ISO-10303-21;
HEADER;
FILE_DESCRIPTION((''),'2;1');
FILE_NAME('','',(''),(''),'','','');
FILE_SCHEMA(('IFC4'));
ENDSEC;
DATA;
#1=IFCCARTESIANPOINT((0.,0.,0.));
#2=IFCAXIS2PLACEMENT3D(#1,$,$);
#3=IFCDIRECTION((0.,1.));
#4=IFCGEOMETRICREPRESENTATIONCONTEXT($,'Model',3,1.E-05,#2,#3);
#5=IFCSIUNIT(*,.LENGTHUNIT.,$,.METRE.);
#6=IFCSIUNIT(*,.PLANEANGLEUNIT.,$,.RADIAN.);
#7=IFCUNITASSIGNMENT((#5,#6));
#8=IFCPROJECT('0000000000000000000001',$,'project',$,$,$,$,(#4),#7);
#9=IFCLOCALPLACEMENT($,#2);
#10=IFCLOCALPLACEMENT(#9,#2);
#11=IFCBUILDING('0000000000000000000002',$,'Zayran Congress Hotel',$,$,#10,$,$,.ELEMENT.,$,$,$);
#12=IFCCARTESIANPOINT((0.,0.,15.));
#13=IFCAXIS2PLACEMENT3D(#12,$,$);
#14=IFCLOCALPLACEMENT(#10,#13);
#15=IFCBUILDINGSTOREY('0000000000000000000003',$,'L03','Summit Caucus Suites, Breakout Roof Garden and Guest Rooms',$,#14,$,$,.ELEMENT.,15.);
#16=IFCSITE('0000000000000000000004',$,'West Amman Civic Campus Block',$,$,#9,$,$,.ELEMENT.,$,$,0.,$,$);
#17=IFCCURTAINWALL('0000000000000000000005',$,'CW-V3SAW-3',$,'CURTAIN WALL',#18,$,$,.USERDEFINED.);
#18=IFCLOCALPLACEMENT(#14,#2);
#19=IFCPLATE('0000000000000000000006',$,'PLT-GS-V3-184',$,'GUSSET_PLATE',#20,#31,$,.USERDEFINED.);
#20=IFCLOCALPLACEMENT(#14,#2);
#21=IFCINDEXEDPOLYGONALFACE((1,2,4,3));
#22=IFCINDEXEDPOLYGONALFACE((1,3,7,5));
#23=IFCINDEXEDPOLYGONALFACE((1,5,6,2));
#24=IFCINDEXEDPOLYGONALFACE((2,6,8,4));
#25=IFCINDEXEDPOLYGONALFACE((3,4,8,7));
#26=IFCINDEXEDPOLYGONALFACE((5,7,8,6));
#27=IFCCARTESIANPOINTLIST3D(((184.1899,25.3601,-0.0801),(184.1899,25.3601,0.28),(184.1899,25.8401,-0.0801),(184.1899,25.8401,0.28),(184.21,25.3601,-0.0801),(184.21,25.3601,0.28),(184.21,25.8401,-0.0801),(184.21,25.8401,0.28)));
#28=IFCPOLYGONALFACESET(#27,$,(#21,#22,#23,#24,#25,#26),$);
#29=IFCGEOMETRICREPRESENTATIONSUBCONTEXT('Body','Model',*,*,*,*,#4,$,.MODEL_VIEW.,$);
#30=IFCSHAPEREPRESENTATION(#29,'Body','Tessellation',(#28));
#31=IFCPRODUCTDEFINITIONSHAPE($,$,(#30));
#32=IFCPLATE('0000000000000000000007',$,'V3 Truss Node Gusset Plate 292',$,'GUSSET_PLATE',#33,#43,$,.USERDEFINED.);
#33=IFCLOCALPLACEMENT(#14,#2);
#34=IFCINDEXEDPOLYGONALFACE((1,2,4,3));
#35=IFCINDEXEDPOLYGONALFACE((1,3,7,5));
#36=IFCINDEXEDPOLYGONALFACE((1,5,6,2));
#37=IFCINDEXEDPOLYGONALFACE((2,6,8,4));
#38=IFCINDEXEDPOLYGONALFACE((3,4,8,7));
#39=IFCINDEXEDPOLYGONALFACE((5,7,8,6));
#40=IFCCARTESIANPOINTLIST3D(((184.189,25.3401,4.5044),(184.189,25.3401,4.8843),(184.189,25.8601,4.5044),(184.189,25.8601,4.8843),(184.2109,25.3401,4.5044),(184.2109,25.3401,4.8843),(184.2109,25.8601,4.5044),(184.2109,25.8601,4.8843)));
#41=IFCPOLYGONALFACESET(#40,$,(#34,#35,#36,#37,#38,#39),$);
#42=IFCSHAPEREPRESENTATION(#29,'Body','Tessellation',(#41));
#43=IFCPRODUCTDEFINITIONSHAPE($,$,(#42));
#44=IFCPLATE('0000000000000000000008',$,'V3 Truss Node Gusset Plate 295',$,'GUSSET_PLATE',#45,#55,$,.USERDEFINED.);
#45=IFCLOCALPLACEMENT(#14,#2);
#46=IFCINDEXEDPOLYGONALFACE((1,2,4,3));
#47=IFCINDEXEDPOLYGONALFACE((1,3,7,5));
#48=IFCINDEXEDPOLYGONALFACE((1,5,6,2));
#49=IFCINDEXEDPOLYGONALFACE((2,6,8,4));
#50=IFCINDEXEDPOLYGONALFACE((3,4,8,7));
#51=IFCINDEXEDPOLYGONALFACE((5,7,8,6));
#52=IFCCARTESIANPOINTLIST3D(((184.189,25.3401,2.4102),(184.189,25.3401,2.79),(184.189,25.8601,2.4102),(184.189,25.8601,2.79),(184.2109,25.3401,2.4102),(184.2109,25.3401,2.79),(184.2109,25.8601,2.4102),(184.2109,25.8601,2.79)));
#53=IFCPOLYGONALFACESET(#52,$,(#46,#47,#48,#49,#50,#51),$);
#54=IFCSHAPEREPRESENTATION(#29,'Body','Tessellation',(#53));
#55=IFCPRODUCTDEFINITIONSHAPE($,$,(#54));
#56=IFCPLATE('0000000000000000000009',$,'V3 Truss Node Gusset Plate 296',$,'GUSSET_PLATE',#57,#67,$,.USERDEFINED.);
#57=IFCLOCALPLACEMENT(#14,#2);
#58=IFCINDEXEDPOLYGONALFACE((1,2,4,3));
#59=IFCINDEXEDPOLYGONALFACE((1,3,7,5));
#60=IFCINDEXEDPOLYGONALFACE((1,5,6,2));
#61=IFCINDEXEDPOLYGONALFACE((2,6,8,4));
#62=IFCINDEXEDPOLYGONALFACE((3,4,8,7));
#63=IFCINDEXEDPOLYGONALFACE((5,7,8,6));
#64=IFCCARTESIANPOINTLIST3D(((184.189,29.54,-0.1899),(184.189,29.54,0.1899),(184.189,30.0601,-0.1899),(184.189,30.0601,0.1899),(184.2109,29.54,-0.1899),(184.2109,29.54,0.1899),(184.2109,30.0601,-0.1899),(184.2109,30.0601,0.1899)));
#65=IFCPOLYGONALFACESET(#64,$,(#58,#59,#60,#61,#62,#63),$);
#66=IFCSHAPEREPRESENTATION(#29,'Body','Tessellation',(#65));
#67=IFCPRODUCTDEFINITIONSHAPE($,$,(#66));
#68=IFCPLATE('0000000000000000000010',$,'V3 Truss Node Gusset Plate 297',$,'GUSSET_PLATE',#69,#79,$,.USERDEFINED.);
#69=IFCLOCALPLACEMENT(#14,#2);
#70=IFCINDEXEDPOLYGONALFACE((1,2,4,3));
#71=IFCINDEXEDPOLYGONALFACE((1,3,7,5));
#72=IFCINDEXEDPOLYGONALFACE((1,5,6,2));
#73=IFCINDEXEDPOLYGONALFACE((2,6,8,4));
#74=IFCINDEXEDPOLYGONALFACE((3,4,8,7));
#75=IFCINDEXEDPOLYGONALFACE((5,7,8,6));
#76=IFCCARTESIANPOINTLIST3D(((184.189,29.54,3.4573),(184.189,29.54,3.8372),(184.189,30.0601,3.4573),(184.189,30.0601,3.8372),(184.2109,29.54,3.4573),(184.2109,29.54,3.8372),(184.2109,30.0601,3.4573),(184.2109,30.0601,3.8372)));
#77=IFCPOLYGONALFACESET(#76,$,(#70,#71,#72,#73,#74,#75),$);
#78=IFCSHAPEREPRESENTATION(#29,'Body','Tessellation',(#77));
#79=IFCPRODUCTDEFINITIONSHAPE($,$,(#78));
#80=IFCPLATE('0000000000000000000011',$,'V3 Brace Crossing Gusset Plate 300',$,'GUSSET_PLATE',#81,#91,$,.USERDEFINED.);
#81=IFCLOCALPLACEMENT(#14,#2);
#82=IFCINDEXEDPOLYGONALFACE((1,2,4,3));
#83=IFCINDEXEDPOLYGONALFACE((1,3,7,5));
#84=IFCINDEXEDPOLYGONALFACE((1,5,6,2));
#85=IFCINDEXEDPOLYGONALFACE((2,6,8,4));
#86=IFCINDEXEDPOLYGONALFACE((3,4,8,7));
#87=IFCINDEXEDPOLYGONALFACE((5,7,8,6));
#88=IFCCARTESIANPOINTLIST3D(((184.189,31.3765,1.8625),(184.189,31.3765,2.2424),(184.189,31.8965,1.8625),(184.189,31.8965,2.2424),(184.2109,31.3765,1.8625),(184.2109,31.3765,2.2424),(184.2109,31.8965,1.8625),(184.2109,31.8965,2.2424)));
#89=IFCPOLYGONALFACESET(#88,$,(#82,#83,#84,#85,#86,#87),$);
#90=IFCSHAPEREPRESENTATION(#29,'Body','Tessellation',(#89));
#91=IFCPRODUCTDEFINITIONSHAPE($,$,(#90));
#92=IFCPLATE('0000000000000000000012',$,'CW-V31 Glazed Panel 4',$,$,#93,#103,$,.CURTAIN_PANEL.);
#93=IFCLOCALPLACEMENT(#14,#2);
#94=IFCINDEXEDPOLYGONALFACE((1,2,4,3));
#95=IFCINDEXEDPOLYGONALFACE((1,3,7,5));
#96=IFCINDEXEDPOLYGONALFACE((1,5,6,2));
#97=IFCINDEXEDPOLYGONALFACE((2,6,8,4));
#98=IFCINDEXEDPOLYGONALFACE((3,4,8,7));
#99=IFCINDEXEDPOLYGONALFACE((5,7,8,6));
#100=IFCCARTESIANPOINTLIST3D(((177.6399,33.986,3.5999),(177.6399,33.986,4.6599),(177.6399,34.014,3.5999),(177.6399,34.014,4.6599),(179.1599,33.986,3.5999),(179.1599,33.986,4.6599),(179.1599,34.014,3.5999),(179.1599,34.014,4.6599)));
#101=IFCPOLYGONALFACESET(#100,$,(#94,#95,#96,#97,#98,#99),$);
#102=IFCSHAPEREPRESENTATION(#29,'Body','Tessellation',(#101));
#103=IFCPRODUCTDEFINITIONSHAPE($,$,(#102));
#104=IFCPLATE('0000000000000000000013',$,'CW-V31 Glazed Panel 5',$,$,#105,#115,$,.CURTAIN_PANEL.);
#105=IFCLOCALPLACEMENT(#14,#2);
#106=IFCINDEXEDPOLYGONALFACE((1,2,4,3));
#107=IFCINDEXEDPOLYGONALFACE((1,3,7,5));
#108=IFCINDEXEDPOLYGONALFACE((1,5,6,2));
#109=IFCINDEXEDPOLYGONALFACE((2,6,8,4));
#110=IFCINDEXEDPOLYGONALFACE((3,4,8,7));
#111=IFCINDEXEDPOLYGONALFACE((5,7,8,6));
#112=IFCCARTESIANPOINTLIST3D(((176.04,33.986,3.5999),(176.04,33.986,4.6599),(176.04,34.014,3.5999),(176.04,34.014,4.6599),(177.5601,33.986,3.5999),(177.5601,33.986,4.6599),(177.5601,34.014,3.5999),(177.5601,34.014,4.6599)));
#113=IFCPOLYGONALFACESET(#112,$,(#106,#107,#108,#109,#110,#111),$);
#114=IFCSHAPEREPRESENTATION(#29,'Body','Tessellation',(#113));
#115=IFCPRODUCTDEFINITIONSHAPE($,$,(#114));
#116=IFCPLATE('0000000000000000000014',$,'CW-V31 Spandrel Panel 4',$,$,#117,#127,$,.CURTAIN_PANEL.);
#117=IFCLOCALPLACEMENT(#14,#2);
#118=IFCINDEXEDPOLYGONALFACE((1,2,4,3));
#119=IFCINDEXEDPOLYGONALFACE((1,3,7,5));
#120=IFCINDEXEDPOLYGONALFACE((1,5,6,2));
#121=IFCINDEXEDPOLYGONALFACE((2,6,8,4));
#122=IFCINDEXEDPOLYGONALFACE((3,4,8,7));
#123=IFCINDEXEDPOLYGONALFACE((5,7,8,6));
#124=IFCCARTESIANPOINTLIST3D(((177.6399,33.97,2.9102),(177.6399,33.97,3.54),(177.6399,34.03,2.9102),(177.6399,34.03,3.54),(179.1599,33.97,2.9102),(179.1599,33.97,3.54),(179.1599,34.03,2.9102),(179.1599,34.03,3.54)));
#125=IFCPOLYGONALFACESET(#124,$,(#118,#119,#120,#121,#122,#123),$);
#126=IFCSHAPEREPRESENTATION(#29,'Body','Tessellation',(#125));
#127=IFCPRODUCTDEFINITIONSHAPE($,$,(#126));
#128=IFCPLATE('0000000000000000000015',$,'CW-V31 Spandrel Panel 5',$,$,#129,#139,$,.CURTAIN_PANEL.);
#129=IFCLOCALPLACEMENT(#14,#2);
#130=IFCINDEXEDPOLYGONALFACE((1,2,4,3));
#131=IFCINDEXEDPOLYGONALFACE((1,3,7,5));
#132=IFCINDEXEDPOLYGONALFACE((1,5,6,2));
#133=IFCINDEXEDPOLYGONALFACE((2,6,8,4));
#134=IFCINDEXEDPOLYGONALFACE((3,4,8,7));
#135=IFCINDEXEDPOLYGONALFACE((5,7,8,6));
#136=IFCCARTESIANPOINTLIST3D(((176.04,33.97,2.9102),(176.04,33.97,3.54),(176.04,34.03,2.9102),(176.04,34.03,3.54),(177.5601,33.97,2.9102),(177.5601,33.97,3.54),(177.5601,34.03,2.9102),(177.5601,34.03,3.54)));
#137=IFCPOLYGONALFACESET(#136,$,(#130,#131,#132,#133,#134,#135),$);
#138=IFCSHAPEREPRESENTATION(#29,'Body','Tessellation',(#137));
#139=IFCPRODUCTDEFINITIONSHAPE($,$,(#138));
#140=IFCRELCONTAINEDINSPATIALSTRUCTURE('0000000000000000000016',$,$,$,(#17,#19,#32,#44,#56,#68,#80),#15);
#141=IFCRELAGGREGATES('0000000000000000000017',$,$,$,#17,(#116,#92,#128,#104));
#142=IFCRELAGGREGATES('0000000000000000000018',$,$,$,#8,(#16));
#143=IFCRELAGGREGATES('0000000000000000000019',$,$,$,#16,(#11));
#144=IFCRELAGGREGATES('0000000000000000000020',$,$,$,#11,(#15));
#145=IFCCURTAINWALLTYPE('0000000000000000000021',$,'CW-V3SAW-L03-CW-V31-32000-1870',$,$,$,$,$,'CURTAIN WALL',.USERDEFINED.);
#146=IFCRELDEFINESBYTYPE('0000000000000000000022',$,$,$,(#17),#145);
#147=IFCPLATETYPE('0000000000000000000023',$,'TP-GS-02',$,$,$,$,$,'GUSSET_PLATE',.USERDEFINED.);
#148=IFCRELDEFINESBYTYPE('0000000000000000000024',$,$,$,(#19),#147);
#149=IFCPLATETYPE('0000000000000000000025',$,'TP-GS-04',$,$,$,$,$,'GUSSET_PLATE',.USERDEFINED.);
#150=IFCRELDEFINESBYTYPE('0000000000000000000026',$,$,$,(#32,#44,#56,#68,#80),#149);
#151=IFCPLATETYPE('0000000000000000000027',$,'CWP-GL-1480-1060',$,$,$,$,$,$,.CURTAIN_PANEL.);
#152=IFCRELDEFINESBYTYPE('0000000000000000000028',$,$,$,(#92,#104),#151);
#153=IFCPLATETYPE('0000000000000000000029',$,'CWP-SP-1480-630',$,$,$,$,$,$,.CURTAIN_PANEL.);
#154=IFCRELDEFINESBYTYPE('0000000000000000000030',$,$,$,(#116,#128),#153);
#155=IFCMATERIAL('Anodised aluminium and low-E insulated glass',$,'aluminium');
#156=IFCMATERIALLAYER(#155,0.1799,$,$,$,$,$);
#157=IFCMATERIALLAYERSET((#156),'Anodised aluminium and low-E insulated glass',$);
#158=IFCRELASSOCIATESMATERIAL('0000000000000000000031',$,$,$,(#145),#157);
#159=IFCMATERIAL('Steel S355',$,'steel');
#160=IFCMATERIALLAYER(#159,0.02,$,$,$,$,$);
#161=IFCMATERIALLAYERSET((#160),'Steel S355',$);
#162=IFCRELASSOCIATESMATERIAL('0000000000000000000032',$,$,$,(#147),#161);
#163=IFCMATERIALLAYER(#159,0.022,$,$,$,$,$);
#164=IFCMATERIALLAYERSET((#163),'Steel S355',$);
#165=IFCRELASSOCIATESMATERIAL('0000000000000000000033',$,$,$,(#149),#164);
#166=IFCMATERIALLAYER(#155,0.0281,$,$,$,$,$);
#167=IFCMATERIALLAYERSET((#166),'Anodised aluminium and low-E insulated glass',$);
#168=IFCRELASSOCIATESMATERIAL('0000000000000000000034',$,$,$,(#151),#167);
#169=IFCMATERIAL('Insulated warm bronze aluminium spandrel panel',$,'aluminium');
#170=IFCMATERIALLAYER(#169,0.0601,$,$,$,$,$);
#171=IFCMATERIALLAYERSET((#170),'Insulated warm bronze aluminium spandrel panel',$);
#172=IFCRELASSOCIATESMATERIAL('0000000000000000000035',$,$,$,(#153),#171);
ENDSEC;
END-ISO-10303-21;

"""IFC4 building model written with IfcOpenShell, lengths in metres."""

from ifc_helpers import new_model, si_unit, direction, frame, origin, origin_2d, place, context, subcontext, project, spatial, rectangle, extrude, material, layer, layer_set, type_object, element, aggregate, save


model = new_model("IFC4")

# Units and contexts
model_context = context("Model", 3, precision=1e-05, world=origin(), true_north=direction((0.0, 1.0)))
body_context = subcontext(model_context, "Body", "Model", "MODEL_VIEW")
ifc_project = project(units=[si_unit("LENGTHUNIT", "METRE"), si_unit("PLANEANGLEUNIT", "RADIAN")], contexts=[model_context])

# Site, building, storey
site_placement = place(None, origin())
site = spatial("IfcSite", under=ifc_project, at=site_placement, Name="West Amman Civic Campus Block", CompositionType="ELEMENT", RefElevation=0.0)
building_placement = place(site_placement, origin())
building = spatial("IfcBuilding", under=site, at=building_placement, Name="Zayran Congress Hotel", CompositionType="ELEMENT")
storey_placement = place(building_placement, frame((0.0, 0.0, 15.0)))
storey = spatial("IfcBuildingStorey", under=building, at=storey_placement, Name="L03", Description="Summit Caucus Suites, Breakout Roof Garden and Guest Rooms", CompositionType="ELEMENT", Elevation=15.0)

# Shared definitions
ifc_material_1 = material(Name="Steel S355", Category="steel")

# Curtain wall
ifc_material_2 = material(Name="Anodised aluminium and low-E insulated glass", Category="aluminium")
ifc_layer_1 = layer(ifc_material_2, 0.1799)
ifc_layer_set_1 = layer_set([ifc_layer_1], Name="Anodised aluminium and low-E insulated glass")
curtain_wall_type = type_object("IfcCurtainWallType", Name="CW-V3SAW-L03-CW-V31-32000-1870", ElementType="CURTAIN WALL", PredefinedType="USERDEFINED", material=ifc_layer_set_1)
curtain_wall_1_placement = place(storey_placement, origin())
curtain_wall_1 = element("IfcCurtainWall", 1, at=curtain_wall_1_placement, inside=storey, type_object=curtain_wall_type, Name="CW-V3SAW-3", ObjectType="CURTAIN WALL", PredefinedType="USERDEFINED")

# Plates
ifc_layer_2 = layer(ifc_material_1, 0.02)
ifc_layer_set_2 = layer_set([ifc_layer_2], Name="Steel S355")
plate_type_1 = type_object("IfcPlateType", Name="TP-GS-02", ElementType="GUSSET_PLATE", PredefinedType="USERDEFINED", material=ifc_layer_set_2)
for number, where, z_axis, x_axis, name in (
    (2, (184.2, 25.6001, -0.0801), (0.0, 0.0, 1.0), (0.0, 1.0, 0.0), "PLT-GS-V3-184"),
):
    element("IfcPlate", number, at=place(storey_placement, frame(where, z_axis=z_axis, x_axis=x_axis)), inside=storey, type_object=plate_type_1, Name=name, ObjectType="GUSSET_PLATE", PredefinedType="USERDEFINED", context=body_context, shape_type="SweptSolid", body=[
        extrude(rectangle(XDim=0.48, YDim=0.02, at=origin_2d()), origin(), (0.0, 0.0, 1.0), 0.3601),
    ])
ifc_layer_3 = layer(ifc_material_1, 0.022)
ifc_layer_set_3 = layer_set([ifc_layer_3], Name="Steel S355")
plate_type_2 = type_object("IfcPlateType", Name="TP-GS-04", ElementType="GUSSET_PLATE", PredefinedType="USERDEFINED", material=ifc_layer_set_3)
for number, where, z_axis, x_axis, name in (
    (3, (184.2, 25.6001, 4.5044), (0.0, 0.0, 1.0), (0.0, 1.0, 0.0), "V3 Truss Node Gusset Plate 292"),
    (4, (184.2, 25.6001, 2.4102), (0.0, 0.0, 1.0), (0.0, 1.0, 0.0), "V3 Truss Node Gusset Plate 295"),
    (5, (184.2, 29.8, -0.1899), (0.0, 0.0, 1.0), (0.0, 1.0, 0.0), "V3 Truss Node Gusset Plate 296"),
    (6, (184.2, 29.8, 3.4573), (0.0, 0.0, 1.0), (0.0, 1.0, 0.0), "V3 Truss Node Gusset Plate 297"),
    (7, (184.2, 31.6365, 1.8625), (0.0, 0.0, 1.0), (0.0, 1.0, 0.0), "V3 Brace Crossing Gusset Plate 300"),
):
    element("IfcPlate", number, at=place(storey_placement, frame(where, z_axis=z_axis, x_axis=x_axis)), inside=storey, type_object=plate_type_2, Name=name, ObjectType="GUSSET_PLATE", PredefinedType="USERDEFINED", context=body_context, shape_type="SweptSolid", body=[
        extrude(rectangle(XDim=0.52, YDim=0.022, at=origin_2d()), origin(), (0.0, 0.0, 1.0), 0.3799),
    ])

# Plates
ifc_layer_4 = layer(ifc_material_2, 0.0281)
ifc_layer_set_4 = layer_set([ifc_layer_4], Name="Anodised aluminium and low-E insulated glass")
plate_type_3 = type_object("IfcPlateType", Name="CWP-GL-1480-1060", PredefinedType="CURTAIN_PANEL", material=ifc_layer_set_4)
plate_1_placement = place(storey_placement, frame((178.3999, 34.0, 3.5999), z_axis=(0.0, 0.0, 1.0), x_axis=(1.0, 0.0, 0.0)))
plate_1 = element("IfcPlate", 8, at=plate_1_placement, type_object=plate_type_3, Name="CW-V31 Glazed Panel 4", PredefinedType="CURTAIN_PANEL", context=body_context, shape_type="SweptSolid", body=[
    extrude(rectangle(XDim=1.52, YDim=0.0281, at=origin_2d()), origin(), (0.0, 0.0, 1.0), 1.0601),
])
plate_2_placement = place(storey_placement, frame((176.8, 34.0, 3.5999), z_axis=(0.0, 0.0, 1.0), x_axis=(1.0, 0.0, 0.0)))
plate_2 = element("IfcPlate", 9, at=plate_2_placement, type_object=plate_type_3, Name="CW-V31 Glazed Panel 5", PredefinedType="CURTAIN_PANEL", context=body_context, shape_type="SweptSolid", body=[
    extrude(rectangle(XDim=1.52, YDim=0.0281, at=origin_2d()), origin(), (0.0, 0.0, 1.0), 1.0601),
])
ifc_material_3 = material(Name="Insulated warm bronze aluminium spandrel panel", Category="aluminium")
ifc_layer_5 = layer(ifc_material_3, 0.0601)
ifc_layer_set_5 = layer_set([ifc_layer_5], Name="Insulated warm bronze aluminium spandrel panel")
plate_type_4 = type_object("IfcPlateType", Name="CWP-SP-1480-630", PredefinedType="CURTAIN_PANEL", material=ifc_layer_set_5)
plate_3_placement = place(storey_placement, frame((178.3999, 34.0, 2.9102), z_axis=(0.0, 0.0, 1.0), x_axis=(1.0, 0.0, 0.0)))
plate_3 = element("IfcPlate", 10, at=plate_3_placement, type_object=plate_type_4, Name="CW-V31 Spandrel Panel 4", PredefinedType="CURTAIN_PANEL", context=body_context, shape_type="SweptSolid", body=[
    extrude(rectangle(XDim=1.52, YDim=0.0601, at=origin_2d()), origin(), (0.0, 0.0, 1.0), 0.6299),
])
plate_4_placement = place(storey_placement, frame((176.8, 34.0, 2.9102), z_axis=(0.0, 0.0, 1.0), x_axis=(1.0, 0.0, 0.0)))
plate_4 = element("IfcPlate", 11, at=plate_4_placement, type_object=plate_type_4, Name="CW-V31 Spandrel Panel 5", PredefinedType="CURTAIN_PANEL", context=body_context, shape_type="SweptSolid", body=[
    extrude(rectangle(XDim=1.52, YDim=0.0601, at=origin_2d()), origin(), (0.0, 0.0, 1.0), 0.6299),
])
aggregate(curtain_wall_1, [plate_3, plate_1, plate_4, plate_2])

save(model, "model.ifc")
